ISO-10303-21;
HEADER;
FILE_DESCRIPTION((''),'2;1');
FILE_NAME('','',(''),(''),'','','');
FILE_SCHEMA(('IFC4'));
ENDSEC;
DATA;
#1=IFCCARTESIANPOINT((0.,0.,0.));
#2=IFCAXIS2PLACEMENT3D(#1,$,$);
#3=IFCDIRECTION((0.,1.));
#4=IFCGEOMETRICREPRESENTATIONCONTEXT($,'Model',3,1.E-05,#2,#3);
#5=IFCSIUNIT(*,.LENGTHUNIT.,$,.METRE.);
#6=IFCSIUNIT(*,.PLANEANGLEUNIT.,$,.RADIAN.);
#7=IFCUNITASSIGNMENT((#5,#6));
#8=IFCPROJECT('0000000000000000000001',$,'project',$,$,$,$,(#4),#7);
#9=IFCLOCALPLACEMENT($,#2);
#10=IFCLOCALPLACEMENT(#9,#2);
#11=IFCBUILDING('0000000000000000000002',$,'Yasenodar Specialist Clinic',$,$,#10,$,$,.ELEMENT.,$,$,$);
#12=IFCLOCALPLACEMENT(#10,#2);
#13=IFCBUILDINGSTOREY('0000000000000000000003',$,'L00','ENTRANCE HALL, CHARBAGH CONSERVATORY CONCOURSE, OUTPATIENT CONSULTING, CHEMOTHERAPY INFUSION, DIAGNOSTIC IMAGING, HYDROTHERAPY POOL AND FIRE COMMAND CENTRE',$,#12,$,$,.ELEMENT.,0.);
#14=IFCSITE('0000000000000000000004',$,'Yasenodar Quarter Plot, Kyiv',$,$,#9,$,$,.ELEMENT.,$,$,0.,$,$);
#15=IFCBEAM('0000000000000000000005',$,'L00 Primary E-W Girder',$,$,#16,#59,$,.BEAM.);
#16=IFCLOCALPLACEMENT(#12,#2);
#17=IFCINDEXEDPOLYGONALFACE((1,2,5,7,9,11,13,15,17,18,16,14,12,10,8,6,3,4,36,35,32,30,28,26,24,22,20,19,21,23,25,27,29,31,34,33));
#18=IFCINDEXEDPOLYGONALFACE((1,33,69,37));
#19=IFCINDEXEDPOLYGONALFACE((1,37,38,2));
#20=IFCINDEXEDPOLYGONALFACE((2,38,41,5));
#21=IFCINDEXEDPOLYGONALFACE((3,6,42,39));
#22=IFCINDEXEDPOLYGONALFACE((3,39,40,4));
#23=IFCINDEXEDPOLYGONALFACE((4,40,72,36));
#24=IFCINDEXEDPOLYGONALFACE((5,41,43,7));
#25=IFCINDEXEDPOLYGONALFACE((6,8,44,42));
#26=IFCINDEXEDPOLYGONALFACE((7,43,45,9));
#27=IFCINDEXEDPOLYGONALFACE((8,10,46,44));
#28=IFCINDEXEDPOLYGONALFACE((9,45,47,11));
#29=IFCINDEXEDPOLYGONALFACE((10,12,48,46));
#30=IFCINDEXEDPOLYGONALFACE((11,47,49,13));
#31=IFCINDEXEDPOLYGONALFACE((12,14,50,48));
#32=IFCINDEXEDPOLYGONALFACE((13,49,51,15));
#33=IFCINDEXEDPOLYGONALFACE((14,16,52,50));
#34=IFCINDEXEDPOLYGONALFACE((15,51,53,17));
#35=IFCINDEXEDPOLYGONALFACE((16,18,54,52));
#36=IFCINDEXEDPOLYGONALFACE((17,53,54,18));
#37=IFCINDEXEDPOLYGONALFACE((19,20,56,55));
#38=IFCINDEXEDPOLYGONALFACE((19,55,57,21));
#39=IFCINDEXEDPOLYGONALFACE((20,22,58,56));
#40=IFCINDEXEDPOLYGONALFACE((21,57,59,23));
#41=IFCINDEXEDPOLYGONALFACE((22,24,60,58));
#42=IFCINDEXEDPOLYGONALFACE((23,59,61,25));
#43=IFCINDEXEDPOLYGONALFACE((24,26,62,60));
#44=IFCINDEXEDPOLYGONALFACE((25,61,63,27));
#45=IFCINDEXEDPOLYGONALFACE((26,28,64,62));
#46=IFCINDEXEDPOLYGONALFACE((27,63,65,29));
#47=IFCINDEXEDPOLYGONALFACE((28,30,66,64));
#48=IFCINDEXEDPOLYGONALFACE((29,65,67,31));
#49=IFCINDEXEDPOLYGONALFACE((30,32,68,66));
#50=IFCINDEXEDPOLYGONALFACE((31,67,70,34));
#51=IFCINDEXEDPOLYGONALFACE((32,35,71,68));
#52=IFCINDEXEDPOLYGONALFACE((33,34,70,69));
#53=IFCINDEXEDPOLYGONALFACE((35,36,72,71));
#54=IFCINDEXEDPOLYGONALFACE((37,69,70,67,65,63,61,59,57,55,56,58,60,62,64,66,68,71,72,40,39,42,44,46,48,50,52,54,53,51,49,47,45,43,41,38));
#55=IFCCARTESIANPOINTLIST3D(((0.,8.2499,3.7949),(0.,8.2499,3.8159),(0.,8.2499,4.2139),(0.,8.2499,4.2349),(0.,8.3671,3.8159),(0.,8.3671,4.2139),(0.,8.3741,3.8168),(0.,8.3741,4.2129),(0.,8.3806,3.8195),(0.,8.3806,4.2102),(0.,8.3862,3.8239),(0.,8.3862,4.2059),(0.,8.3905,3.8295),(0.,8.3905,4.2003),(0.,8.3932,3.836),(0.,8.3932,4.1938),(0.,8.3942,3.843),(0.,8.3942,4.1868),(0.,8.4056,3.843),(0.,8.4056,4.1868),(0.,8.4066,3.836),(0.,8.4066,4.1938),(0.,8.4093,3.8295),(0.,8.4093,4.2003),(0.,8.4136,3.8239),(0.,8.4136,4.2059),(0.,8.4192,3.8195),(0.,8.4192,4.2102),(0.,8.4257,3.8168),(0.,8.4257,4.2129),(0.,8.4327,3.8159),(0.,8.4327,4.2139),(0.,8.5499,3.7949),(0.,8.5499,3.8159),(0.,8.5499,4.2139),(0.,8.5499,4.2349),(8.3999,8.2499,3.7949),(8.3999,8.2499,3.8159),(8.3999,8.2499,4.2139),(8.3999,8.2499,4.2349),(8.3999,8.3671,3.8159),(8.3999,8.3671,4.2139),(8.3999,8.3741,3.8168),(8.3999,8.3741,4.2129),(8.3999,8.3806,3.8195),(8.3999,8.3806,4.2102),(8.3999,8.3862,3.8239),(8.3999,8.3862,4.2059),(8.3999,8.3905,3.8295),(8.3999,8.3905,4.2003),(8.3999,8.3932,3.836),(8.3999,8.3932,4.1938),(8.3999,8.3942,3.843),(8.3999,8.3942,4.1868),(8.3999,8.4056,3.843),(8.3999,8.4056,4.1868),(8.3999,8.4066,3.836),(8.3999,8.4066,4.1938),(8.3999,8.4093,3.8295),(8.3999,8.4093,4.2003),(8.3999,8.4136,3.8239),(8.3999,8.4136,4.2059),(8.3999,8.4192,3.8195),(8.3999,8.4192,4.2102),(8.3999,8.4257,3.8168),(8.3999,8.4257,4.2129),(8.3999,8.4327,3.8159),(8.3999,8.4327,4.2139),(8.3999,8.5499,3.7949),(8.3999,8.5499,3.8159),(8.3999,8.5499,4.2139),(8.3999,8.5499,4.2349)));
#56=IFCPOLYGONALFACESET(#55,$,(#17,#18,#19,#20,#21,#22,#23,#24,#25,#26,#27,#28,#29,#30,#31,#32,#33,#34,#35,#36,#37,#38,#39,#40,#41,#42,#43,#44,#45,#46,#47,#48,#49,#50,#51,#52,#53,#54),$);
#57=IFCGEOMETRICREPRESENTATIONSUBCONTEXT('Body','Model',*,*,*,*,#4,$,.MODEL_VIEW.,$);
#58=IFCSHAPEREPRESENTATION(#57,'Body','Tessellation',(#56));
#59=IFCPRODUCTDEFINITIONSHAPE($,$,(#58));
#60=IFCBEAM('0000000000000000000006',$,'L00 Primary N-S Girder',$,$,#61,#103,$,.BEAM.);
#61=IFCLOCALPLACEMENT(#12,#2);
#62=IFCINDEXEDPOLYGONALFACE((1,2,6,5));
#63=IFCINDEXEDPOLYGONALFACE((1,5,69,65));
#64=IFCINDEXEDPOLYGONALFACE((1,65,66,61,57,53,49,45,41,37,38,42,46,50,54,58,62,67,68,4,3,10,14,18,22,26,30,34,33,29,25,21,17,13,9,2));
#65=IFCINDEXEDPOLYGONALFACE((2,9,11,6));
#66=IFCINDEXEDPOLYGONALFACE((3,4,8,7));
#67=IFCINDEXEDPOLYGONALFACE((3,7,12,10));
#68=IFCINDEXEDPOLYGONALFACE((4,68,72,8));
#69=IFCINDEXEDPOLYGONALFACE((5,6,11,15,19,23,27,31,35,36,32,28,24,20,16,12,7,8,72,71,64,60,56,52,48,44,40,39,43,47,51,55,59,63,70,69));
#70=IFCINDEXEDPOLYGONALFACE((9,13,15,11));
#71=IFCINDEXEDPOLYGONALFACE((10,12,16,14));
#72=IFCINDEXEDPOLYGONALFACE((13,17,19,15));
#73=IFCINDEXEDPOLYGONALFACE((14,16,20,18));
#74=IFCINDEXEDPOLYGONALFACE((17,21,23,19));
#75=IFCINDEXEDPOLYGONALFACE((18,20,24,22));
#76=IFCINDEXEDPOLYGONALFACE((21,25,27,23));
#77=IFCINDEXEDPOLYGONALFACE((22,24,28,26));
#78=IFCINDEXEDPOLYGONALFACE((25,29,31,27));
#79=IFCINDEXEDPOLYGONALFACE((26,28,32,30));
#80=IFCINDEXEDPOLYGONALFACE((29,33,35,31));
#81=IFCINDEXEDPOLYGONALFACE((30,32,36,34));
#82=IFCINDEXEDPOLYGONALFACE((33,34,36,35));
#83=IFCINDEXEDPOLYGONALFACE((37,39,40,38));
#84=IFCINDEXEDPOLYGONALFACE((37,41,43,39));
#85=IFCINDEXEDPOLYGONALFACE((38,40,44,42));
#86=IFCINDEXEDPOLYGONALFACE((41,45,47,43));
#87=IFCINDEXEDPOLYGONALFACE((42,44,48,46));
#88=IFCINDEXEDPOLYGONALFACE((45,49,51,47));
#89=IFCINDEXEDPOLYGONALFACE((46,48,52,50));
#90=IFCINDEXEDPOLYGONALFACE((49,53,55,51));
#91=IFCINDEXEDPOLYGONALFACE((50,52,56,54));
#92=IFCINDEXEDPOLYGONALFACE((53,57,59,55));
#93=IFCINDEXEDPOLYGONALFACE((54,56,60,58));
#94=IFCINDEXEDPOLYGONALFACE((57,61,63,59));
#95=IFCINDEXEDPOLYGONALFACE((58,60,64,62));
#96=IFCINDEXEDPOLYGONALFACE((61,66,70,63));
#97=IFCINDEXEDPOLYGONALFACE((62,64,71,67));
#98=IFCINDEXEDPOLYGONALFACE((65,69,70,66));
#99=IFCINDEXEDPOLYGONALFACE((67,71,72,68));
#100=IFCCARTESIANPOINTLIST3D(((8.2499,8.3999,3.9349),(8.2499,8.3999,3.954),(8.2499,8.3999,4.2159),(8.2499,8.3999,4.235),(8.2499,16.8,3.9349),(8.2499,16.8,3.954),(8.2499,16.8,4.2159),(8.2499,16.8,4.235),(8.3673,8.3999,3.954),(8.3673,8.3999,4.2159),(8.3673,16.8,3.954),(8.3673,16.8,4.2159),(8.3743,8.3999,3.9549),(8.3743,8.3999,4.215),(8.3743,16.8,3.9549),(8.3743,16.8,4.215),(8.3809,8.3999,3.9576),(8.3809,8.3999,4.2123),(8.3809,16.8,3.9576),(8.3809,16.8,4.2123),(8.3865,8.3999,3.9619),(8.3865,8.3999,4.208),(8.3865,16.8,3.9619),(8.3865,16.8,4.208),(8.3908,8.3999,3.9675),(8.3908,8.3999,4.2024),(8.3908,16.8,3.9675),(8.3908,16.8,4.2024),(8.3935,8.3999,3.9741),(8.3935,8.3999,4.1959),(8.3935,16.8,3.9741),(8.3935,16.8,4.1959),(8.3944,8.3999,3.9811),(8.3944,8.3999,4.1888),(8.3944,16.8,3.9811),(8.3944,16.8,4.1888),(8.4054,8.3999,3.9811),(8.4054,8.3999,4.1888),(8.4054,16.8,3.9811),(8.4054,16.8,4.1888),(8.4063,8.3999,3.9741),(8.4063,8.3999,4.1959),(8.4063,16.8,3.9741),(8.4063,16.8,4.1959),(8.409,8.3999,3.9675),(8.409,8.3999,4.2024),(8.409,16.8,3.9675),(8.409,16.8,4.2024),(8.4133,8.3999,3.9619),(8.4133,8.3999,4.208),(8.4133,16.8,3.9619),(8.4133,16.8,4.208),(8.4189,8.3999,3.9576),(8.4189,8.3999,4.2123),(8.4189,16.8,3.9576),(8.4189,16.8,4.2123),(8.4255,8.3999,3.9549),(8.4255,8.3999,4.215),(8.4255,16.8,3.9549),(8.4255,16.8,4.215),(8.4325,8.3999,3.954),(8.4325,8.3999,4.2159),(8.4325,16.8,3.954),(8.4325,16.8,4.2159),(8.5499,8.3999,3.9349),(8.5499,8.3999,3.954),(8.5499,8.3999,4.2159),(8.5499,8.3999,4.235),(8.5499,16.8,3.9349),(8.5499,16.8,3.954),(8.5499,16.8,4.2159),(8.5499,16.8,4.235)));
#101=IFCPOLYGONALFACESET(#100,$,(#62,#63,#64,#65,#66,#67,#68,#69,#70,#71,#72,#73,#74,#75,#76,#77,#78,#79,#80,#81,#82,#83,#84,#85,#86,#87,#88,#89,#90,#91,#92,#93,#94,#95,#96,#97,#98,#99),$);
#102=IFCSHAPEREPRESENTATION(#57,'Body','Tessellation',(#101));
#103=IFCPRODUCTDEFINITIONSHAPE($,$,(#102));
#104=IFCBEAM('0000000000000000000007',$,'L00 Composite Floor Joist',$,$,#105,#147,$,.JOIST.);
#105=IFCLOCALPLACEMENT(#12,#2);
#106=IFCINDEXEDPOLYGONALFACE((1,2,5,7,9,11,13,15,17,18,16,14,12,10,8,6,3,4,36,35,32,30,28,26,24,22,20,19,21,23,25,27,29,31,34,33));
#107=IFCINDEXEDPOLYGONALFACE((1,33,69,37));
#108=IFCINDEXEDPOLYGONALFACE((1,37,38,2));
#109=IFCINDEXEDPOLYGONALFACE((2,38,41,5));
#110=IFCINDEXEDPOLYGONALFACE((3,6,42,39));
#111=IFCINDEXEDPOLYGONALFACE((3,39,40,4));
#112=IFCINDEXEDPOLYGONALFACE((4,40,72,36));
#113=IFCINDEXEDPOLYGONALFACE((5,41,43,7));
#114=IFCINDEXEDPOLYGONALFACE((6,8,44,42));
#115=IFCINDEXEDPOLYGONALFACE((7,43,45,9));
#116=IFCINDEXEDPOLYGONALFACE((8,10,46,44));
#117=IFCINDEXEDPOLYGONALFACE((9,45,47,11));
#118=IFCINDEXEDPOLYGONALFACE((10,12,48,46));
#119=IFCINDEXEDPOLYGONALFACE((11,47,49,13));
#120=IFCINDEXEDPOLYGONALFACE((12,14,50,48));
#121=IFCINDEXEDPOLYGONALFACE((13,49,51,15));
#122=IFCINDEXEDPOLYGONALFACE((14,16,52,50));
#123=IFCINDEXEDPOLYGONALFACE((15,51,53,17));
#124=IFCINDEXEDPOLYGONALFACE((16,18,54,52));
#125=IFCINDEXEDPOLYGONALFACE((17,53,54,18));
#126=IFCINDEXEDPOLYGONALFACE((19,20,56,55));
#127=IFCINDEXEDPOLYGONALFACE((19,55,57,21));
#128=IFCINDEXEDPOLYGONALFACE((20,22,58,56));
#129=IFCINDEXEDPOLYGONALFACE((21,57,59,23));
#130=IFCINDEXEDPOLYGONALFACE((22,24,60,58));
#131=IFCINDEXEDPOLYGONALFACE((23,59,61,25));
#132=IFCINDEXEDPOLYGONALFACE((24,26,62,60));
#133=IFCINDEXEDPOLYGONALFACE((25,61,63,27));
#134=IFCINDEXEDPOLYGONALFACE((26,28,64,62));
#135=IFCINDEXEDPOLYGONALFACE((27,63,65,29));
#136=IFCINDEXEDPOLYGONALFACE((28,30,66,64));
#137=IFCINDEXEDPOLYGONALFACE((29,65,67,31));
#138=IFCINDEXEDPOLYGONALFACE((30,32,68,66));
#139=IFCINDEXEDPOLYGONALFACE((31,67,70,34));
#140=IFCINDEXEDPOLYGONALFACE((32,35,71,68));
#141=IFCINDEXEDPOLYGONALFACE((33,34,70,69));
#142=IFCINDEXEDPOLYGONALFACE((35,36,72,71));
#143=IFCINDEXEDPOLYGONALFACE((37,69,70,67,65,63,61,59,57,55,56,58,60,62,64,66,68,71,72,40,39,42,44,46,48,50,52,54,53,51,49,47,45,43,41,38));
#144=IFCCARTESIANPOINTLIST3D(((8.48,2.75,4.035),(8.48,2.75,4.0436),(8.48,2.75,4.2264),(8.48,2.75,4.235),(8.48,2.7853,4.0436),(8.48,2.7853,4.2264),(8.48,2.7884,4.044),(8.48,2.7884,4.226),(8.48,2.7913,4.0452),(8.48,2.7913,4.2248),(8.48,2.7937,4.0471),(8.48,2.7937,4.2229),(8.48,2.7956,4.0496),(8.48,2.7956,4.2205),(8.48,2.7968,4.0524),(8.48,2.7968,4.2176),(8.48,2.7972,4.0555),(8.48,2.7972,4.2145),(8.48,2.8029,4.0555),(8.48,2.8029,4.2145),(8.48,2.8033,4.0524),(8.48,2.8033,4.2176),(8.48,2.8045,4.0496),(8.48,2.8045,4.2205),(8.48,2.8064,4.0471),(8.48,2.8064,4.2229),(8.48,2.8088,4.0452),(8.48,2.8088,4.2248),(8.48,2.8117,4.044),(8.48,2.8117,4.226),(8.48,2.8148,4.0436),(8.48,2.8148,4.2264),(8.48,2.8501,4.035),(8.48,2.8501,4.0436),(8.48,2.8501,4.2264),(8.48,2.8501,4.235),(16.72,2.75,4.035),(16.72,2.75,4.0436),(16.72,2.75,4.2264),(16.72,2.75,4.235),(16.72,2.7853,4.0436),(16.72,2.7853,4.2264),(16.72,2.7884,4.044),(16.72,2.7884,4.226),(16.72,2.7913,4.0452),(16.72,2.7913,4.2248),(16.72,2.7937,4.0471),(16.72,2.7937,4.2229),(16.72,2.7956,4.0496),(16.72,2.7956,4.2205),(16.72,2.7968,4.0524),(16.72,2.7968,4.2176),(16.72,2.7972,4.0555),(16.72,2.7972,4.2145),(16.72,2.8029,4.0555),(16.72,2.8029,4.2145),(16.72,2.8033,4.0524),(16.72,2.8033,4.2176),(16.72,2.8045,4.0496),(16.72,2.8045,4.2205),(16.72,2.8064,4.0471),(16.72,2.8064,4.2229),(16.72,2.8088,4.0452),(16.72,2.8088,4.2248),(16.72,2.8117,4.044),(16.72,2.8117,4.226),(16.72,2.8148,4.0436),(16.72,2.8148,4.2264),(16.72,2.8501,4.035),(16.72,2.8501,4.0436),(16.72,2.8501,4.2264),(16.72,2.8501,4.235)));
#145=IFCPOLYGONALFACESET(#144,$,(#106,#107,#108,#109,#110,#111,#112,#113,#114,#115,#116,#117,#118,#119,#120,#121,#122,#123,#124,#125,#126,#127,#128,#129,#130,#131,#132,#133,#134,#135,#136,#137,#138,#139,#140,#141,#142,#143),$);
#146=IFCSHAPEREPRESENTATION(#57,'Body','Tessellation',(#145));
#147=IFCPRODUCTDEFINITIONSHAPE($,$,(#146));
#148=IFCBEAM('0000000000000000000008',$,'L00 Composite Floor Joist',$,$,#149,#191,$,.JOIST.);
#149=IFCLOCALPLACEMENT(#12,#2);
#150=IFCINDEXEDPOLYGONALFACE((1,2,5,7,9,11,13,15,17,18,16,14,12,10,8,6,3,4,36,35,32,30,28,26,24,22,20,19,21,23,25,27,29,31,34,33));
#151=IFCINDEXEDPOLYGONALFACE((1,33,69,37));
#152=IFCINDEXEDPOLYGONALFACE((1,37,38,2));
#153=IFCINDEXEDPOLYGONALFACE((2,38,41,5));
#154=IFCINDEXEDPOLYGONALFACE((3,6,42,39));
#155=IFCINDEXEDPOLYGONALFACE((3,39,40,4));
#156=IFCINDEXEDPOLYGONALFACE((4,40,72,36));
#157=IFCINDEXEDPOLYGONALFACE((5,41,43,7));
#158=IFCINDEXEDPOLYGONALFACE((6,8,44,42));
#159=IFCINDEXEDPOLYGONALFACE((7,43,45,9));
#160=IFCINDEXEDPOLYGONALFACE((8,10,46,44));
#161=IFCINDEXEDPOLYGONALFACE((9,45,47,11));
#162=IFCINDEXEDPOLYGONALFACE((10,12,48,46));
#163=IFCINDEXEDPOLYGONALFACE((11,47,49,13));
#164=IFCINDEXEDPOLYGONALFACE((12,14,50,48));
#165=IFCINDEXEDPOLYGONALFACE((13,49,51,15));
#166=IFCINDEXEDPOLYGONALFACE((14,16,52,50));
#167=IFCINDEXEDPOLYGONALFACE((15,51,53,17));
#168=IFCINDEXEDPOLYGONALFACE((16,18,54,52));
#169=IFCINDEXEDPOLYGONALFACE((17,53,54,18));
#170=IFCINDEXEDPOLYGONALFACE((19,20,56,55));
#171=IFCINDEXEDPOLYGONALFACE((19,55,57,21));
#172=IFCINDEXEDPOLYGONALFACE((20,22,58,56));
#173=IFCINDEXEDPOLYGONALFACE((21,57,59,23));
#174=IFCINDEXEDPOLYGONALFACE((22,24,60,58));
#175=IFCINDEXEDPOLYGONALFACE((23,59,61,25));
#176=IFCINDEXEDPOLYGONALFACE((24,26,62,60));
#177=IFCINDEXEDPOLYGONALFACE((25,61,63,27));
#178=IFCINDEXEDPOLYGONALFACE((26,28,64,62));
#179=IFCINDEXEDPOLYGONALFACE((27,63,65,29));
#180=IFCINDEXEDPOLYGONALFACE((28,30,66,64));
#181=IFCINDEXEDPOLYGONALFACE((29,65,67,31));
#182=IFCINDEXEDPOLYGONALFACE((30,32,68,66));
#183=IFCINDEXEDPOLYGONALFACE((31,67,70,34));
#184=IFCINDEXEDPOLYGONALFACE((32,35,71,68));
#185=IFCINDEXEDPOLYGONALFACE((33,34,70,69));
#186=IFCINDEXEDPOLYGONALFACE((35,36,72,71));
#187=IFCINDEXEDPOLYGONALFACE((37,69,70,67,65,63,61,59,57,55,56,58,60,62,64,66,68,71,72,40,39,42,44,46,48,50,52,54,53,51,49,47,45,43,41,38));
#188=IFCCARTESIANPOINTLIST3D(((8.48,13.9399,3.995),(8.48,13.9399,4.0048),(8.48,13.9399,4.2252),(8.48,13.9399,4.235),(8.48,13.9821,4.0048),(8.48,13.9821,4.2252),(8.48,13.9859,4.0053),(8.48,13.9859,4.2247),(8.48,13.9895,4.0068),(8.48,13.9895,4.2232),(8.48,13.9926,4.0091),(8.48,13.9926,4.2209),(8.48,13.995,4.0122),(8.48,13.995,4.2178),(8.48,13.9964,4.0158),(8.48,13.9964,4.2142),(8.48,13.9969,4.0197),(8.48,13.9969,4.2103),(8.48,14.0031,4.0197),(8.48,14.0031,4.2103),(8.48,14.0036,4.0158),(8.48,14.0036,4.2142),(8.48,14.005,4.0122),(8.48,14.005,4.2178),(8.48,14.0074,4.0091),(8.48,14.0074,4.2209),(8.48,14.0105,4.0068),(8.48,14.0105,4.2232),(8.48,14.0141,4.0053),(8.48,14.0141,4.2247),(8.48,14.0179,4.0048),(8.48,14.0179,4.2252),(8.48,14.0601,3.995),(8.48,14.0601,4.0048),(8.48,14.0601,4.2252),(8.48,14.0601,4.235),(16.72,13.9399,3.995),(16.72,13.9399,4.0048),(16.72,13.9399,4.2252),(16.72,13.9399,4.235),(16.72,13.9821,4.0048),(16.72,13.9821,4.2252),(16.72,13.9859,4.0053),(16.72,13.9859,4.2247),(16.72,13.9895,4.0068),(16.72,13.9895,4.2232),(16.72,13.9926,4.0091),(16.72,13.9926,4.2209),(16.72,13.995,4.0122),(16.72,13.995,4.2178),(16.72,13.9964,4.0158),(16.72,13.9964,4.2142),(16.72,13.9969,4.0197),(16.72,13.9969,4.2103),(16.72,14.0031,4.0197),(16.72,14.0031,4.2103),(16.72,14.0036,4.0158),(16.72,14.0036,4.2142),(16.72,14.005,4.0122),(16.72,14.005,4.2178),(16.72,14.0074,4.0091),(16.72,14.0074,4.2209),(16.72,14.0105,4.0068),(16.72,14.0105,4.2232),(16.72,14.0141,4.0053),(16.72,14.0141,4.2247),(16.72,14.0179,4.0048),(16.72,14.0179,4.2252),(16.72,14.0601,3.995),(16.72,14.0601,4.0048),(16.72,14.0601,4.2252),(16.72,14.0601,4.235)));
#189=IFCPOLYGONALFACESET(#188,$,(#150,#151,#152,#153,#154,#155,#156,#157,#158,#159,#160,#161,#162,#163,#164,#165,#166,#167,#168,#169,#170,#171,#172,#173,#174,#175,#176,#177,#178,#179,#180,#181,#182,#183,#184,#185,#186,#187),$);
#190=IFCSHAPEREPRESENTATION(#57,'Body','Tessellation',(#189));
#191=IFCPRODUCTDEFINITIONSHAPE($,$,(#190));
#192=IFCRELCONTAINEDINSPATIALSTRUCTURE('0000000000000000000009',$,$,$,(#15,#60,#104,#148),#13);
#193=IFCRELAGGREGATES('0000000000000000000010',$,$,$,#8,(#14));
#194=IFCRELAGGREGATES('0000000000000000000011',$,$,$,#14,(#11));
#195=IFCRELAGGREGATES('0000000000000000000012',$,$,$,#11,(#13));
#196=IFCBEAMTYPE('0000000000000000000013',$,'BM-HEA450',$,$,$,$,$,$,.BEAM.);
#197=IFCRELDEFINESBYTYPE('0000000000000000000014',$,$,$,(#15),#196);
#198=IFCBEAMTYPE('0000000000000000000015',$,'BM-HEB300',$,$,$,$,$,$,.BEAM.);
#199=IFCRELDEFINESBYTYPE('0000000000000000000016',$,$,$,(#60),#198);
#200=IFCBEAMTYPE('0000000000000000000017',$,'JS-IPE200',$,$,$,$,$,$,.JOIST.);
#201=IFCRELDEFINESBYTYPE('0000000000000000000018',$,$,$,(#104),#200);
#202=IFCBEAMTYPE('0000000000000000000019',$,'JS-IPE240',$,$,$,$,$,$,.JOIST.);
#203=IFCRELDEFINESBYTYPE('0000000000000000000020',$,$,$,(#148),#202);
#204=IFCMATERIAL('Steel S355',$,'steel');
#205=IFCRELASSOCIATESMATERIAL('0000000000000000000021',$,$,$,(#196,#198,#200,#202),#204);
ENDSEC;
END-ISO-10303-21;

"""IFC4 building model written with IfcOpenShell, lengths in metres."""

from ifc_helpers import new_model, si_unit, direction, frame, origin, origin_2d, place, context, subcontext, project, spatial, i_section, extrude, material, material_profile, profile_set, type_object, element, save


model = new_model("IFC4")

# Units and contexts
model_context = context("Model", 3, precision=1e-05, world=origin(), true_north=direction((0.0, 1.0)))
body_context = subcontext(model_context, "Body", "Model", "MODEL_VIEW")
ifc_project = project(units=[si_unit("LENGTHUNIT", "METRE"), si_unit("PLANEANGLEUNIT", "RADIAN")], contexts=[model_context])

# Site, building, storey
site_placement = place(None, origin())
site = spatial("IfcSite", under=ifc_project, at=site_placement, Name="Yasenodar Quarter Plot, Kyiv", CompositionType="ELEMENT", RefElevation=0.0)
building_placement = place(site_placement, origin())
building = spatial("IfcBuilding", under=site, at=building_placement, Name="Yasenodar Specialist Clinic", CompositionType="ELEMENT")
storey_placement = place(building_placement, origin())
storey = spatial("IfcBuildingStorey", under=building, at=storey_placement, Name="L00", Description="ENTRANCE HALL, CHARBAGH CONSERVATORY CONCOURSE, OUTPATIENT CONSULTING, CHEMOTHERAPY INFUSION, DIAGNOSTIC IMAGING, HYDROTHERAPY POOL AND FIRE COMMAND CENTRE", CompositionType="ELEMENT", Elevation=0.0)

# Beams
ifc_material_1 = material(Name="Steel S355", Category="steel")
ifc_material_profile_1 = material_profile(ifc_material_1, i_section(OverallWidth=0.3, OverallDepth=0.4399, WebThickness=0.0115, FlangeThickness=0.021, FilletRadius=0.0271, at=origin_2d()), Name="HEA 450")
ifc_profile_set_1 = profile_set([ifc_material_profile_1], Name="Steel S355")
beam_type_1 = type_object("IfcBeamType", Name="BM-HEA450", PredefinedType="BEAM", material=ifc_profile_set_1)
beam_1_placement = place(storey_placement, frame((0.0, 8.3999, 4.0149), z_axis=(1.0, 0.0, 0.0), x_axis=(0.0, 1.0, 0.0)))
element("IfcBeam", 1, at=beam_1_placement, inside=storey, type_object=beam_type_1, Name="L00 Primary E-W Girder", PredefinedType="BEAM", context=body_context, shape_type="SweptSolid", body=[
    extrude(i_section(OverallWidth=0.3, OverallDepth=0.4399, WebThickness=0.0115, FlangeThickness=0.021, FilletRadius=0.0271, at=origin_2d()), origin(), (0.0, 0.0, 1.0), 8.3999),
])
ifc_material_profile_2 = material_profile(ifc_material_1, i_section(OverallWidth=0.3, OverallDepth=0.3, WebThickness=0.011, FlangeThickness=0.019, FilletRadius=0.0271, at=origin_2d()), Name="HEB 300")
ifc_profile_set_2 = profile_set([ifc_material_profile_2], Name="Steel S355")
beam_type_2 = type_object("IfcBeamType", Name="BM-HEB300", PredefinedType="BEAM", material=ifc_profile_set_2)
beam_2_placement = place(storey_placement, frame((8.3999, 8.3999, 4.085), z_axis=(0.0, 1.0, 0.0), x_axis=(-1.0, 0.0, 0.0)))
element("IfcBeam", 2, at=beam_2_placement, inside=storey, type_object=beam_type_2, Name="L00 Primary N-S Girder", PredefinedType="BEAM", context=body_context, shape_type="SweptSolid", body=[
    extrude(i_section(OverallWidth=0.3, OverallDepth=0.3, WebThickness=0.011, FlangeThickness=0.019, FilletRadius=0.0271, at=origin_2d()), origin(), (0.0, 0.0, 1.0), 8.4001),
])
ifc_material_profile_3 = material_profile(ifc_material_1, i_section(OverallWidth=0.1001, OverallDepth=0.2, WebThickness=0.0056, FlangeThickness=0.0085, FilletRadius=0.012, at=origin_2d()), Name="IPE 200")
ifc_profile_set_3 = profile_set([ifc_material_profile_3], Name="Steel S355")
beam_type_3 = type_object("IfcBeamType", Name="JS-IPE200", PredefinedType="JOIST", material=ifc_profile_set_3)
beam_3_placement = place(storey_placement, frame((8.48, 2.8, 4.135), z_axis=(1.0, 0.0, 0.0), x_axis=(0.0, 1.0, 0.0)))
element("IfcBeam", 3, at=beam_3_placement, inside=storey, type_object=beam_type_3, Name="L00 Composite Floor Joist", PredefinedType="JOIST", context=body_context, shape_type="SweptSolid", body=[
    extrude(i_section(OverallWidth=0.1001, OverallDepth=0.2, WebThickness=0.0056, FlangeThickness=0.0085, FilletRadius=0.012, at=origin_2d()), origin(), (0.0, 0.0, 1.0), 8.24),
])
ifc_material_profile_4 = material_profile(ifc_material_1, i_section(OverallWidth=0.1201, OverallDepth=0.24, WebThickness=0.0061, FlangeThickness=0.0098, FilletRadius=0.0149, at=origin_2d()), Name="IPE 240")
ifc_profile_set_4 = profile_set([ifc_material_profile_4], Name="Steel S355")
beam_type_4 = type_object("IfcBeamType", Name="JS-IPE240", PredefinedType="JOIST", material=ifc_profile_set_4)
beam_4_placement = place(storey_placement, frame((8.48, 14.0, 4.115), z_axis=(1.0, 0.0, 0.0), x_axis=(0.0, 1.0, 0.0)))
element("IfcBeam", 4, at=beam_4_placement, inside=storey, type_object=beam_type_4, Name="L00 Composite Floor Joist", PredefinedType="JOIST", context=body_context, shape_type="SweptSolid", body=[
    extrude(i_section(OverallWidth=0.1201, OverallDepth=0.24, WebThickness=0.0061, FlangeThickness=0.0098, FilletRadius=0.0149, at=origin_2d()), origin(), (0.0, 0.0, 1.0), 8.24),
])

save(model, "model.ifc")
